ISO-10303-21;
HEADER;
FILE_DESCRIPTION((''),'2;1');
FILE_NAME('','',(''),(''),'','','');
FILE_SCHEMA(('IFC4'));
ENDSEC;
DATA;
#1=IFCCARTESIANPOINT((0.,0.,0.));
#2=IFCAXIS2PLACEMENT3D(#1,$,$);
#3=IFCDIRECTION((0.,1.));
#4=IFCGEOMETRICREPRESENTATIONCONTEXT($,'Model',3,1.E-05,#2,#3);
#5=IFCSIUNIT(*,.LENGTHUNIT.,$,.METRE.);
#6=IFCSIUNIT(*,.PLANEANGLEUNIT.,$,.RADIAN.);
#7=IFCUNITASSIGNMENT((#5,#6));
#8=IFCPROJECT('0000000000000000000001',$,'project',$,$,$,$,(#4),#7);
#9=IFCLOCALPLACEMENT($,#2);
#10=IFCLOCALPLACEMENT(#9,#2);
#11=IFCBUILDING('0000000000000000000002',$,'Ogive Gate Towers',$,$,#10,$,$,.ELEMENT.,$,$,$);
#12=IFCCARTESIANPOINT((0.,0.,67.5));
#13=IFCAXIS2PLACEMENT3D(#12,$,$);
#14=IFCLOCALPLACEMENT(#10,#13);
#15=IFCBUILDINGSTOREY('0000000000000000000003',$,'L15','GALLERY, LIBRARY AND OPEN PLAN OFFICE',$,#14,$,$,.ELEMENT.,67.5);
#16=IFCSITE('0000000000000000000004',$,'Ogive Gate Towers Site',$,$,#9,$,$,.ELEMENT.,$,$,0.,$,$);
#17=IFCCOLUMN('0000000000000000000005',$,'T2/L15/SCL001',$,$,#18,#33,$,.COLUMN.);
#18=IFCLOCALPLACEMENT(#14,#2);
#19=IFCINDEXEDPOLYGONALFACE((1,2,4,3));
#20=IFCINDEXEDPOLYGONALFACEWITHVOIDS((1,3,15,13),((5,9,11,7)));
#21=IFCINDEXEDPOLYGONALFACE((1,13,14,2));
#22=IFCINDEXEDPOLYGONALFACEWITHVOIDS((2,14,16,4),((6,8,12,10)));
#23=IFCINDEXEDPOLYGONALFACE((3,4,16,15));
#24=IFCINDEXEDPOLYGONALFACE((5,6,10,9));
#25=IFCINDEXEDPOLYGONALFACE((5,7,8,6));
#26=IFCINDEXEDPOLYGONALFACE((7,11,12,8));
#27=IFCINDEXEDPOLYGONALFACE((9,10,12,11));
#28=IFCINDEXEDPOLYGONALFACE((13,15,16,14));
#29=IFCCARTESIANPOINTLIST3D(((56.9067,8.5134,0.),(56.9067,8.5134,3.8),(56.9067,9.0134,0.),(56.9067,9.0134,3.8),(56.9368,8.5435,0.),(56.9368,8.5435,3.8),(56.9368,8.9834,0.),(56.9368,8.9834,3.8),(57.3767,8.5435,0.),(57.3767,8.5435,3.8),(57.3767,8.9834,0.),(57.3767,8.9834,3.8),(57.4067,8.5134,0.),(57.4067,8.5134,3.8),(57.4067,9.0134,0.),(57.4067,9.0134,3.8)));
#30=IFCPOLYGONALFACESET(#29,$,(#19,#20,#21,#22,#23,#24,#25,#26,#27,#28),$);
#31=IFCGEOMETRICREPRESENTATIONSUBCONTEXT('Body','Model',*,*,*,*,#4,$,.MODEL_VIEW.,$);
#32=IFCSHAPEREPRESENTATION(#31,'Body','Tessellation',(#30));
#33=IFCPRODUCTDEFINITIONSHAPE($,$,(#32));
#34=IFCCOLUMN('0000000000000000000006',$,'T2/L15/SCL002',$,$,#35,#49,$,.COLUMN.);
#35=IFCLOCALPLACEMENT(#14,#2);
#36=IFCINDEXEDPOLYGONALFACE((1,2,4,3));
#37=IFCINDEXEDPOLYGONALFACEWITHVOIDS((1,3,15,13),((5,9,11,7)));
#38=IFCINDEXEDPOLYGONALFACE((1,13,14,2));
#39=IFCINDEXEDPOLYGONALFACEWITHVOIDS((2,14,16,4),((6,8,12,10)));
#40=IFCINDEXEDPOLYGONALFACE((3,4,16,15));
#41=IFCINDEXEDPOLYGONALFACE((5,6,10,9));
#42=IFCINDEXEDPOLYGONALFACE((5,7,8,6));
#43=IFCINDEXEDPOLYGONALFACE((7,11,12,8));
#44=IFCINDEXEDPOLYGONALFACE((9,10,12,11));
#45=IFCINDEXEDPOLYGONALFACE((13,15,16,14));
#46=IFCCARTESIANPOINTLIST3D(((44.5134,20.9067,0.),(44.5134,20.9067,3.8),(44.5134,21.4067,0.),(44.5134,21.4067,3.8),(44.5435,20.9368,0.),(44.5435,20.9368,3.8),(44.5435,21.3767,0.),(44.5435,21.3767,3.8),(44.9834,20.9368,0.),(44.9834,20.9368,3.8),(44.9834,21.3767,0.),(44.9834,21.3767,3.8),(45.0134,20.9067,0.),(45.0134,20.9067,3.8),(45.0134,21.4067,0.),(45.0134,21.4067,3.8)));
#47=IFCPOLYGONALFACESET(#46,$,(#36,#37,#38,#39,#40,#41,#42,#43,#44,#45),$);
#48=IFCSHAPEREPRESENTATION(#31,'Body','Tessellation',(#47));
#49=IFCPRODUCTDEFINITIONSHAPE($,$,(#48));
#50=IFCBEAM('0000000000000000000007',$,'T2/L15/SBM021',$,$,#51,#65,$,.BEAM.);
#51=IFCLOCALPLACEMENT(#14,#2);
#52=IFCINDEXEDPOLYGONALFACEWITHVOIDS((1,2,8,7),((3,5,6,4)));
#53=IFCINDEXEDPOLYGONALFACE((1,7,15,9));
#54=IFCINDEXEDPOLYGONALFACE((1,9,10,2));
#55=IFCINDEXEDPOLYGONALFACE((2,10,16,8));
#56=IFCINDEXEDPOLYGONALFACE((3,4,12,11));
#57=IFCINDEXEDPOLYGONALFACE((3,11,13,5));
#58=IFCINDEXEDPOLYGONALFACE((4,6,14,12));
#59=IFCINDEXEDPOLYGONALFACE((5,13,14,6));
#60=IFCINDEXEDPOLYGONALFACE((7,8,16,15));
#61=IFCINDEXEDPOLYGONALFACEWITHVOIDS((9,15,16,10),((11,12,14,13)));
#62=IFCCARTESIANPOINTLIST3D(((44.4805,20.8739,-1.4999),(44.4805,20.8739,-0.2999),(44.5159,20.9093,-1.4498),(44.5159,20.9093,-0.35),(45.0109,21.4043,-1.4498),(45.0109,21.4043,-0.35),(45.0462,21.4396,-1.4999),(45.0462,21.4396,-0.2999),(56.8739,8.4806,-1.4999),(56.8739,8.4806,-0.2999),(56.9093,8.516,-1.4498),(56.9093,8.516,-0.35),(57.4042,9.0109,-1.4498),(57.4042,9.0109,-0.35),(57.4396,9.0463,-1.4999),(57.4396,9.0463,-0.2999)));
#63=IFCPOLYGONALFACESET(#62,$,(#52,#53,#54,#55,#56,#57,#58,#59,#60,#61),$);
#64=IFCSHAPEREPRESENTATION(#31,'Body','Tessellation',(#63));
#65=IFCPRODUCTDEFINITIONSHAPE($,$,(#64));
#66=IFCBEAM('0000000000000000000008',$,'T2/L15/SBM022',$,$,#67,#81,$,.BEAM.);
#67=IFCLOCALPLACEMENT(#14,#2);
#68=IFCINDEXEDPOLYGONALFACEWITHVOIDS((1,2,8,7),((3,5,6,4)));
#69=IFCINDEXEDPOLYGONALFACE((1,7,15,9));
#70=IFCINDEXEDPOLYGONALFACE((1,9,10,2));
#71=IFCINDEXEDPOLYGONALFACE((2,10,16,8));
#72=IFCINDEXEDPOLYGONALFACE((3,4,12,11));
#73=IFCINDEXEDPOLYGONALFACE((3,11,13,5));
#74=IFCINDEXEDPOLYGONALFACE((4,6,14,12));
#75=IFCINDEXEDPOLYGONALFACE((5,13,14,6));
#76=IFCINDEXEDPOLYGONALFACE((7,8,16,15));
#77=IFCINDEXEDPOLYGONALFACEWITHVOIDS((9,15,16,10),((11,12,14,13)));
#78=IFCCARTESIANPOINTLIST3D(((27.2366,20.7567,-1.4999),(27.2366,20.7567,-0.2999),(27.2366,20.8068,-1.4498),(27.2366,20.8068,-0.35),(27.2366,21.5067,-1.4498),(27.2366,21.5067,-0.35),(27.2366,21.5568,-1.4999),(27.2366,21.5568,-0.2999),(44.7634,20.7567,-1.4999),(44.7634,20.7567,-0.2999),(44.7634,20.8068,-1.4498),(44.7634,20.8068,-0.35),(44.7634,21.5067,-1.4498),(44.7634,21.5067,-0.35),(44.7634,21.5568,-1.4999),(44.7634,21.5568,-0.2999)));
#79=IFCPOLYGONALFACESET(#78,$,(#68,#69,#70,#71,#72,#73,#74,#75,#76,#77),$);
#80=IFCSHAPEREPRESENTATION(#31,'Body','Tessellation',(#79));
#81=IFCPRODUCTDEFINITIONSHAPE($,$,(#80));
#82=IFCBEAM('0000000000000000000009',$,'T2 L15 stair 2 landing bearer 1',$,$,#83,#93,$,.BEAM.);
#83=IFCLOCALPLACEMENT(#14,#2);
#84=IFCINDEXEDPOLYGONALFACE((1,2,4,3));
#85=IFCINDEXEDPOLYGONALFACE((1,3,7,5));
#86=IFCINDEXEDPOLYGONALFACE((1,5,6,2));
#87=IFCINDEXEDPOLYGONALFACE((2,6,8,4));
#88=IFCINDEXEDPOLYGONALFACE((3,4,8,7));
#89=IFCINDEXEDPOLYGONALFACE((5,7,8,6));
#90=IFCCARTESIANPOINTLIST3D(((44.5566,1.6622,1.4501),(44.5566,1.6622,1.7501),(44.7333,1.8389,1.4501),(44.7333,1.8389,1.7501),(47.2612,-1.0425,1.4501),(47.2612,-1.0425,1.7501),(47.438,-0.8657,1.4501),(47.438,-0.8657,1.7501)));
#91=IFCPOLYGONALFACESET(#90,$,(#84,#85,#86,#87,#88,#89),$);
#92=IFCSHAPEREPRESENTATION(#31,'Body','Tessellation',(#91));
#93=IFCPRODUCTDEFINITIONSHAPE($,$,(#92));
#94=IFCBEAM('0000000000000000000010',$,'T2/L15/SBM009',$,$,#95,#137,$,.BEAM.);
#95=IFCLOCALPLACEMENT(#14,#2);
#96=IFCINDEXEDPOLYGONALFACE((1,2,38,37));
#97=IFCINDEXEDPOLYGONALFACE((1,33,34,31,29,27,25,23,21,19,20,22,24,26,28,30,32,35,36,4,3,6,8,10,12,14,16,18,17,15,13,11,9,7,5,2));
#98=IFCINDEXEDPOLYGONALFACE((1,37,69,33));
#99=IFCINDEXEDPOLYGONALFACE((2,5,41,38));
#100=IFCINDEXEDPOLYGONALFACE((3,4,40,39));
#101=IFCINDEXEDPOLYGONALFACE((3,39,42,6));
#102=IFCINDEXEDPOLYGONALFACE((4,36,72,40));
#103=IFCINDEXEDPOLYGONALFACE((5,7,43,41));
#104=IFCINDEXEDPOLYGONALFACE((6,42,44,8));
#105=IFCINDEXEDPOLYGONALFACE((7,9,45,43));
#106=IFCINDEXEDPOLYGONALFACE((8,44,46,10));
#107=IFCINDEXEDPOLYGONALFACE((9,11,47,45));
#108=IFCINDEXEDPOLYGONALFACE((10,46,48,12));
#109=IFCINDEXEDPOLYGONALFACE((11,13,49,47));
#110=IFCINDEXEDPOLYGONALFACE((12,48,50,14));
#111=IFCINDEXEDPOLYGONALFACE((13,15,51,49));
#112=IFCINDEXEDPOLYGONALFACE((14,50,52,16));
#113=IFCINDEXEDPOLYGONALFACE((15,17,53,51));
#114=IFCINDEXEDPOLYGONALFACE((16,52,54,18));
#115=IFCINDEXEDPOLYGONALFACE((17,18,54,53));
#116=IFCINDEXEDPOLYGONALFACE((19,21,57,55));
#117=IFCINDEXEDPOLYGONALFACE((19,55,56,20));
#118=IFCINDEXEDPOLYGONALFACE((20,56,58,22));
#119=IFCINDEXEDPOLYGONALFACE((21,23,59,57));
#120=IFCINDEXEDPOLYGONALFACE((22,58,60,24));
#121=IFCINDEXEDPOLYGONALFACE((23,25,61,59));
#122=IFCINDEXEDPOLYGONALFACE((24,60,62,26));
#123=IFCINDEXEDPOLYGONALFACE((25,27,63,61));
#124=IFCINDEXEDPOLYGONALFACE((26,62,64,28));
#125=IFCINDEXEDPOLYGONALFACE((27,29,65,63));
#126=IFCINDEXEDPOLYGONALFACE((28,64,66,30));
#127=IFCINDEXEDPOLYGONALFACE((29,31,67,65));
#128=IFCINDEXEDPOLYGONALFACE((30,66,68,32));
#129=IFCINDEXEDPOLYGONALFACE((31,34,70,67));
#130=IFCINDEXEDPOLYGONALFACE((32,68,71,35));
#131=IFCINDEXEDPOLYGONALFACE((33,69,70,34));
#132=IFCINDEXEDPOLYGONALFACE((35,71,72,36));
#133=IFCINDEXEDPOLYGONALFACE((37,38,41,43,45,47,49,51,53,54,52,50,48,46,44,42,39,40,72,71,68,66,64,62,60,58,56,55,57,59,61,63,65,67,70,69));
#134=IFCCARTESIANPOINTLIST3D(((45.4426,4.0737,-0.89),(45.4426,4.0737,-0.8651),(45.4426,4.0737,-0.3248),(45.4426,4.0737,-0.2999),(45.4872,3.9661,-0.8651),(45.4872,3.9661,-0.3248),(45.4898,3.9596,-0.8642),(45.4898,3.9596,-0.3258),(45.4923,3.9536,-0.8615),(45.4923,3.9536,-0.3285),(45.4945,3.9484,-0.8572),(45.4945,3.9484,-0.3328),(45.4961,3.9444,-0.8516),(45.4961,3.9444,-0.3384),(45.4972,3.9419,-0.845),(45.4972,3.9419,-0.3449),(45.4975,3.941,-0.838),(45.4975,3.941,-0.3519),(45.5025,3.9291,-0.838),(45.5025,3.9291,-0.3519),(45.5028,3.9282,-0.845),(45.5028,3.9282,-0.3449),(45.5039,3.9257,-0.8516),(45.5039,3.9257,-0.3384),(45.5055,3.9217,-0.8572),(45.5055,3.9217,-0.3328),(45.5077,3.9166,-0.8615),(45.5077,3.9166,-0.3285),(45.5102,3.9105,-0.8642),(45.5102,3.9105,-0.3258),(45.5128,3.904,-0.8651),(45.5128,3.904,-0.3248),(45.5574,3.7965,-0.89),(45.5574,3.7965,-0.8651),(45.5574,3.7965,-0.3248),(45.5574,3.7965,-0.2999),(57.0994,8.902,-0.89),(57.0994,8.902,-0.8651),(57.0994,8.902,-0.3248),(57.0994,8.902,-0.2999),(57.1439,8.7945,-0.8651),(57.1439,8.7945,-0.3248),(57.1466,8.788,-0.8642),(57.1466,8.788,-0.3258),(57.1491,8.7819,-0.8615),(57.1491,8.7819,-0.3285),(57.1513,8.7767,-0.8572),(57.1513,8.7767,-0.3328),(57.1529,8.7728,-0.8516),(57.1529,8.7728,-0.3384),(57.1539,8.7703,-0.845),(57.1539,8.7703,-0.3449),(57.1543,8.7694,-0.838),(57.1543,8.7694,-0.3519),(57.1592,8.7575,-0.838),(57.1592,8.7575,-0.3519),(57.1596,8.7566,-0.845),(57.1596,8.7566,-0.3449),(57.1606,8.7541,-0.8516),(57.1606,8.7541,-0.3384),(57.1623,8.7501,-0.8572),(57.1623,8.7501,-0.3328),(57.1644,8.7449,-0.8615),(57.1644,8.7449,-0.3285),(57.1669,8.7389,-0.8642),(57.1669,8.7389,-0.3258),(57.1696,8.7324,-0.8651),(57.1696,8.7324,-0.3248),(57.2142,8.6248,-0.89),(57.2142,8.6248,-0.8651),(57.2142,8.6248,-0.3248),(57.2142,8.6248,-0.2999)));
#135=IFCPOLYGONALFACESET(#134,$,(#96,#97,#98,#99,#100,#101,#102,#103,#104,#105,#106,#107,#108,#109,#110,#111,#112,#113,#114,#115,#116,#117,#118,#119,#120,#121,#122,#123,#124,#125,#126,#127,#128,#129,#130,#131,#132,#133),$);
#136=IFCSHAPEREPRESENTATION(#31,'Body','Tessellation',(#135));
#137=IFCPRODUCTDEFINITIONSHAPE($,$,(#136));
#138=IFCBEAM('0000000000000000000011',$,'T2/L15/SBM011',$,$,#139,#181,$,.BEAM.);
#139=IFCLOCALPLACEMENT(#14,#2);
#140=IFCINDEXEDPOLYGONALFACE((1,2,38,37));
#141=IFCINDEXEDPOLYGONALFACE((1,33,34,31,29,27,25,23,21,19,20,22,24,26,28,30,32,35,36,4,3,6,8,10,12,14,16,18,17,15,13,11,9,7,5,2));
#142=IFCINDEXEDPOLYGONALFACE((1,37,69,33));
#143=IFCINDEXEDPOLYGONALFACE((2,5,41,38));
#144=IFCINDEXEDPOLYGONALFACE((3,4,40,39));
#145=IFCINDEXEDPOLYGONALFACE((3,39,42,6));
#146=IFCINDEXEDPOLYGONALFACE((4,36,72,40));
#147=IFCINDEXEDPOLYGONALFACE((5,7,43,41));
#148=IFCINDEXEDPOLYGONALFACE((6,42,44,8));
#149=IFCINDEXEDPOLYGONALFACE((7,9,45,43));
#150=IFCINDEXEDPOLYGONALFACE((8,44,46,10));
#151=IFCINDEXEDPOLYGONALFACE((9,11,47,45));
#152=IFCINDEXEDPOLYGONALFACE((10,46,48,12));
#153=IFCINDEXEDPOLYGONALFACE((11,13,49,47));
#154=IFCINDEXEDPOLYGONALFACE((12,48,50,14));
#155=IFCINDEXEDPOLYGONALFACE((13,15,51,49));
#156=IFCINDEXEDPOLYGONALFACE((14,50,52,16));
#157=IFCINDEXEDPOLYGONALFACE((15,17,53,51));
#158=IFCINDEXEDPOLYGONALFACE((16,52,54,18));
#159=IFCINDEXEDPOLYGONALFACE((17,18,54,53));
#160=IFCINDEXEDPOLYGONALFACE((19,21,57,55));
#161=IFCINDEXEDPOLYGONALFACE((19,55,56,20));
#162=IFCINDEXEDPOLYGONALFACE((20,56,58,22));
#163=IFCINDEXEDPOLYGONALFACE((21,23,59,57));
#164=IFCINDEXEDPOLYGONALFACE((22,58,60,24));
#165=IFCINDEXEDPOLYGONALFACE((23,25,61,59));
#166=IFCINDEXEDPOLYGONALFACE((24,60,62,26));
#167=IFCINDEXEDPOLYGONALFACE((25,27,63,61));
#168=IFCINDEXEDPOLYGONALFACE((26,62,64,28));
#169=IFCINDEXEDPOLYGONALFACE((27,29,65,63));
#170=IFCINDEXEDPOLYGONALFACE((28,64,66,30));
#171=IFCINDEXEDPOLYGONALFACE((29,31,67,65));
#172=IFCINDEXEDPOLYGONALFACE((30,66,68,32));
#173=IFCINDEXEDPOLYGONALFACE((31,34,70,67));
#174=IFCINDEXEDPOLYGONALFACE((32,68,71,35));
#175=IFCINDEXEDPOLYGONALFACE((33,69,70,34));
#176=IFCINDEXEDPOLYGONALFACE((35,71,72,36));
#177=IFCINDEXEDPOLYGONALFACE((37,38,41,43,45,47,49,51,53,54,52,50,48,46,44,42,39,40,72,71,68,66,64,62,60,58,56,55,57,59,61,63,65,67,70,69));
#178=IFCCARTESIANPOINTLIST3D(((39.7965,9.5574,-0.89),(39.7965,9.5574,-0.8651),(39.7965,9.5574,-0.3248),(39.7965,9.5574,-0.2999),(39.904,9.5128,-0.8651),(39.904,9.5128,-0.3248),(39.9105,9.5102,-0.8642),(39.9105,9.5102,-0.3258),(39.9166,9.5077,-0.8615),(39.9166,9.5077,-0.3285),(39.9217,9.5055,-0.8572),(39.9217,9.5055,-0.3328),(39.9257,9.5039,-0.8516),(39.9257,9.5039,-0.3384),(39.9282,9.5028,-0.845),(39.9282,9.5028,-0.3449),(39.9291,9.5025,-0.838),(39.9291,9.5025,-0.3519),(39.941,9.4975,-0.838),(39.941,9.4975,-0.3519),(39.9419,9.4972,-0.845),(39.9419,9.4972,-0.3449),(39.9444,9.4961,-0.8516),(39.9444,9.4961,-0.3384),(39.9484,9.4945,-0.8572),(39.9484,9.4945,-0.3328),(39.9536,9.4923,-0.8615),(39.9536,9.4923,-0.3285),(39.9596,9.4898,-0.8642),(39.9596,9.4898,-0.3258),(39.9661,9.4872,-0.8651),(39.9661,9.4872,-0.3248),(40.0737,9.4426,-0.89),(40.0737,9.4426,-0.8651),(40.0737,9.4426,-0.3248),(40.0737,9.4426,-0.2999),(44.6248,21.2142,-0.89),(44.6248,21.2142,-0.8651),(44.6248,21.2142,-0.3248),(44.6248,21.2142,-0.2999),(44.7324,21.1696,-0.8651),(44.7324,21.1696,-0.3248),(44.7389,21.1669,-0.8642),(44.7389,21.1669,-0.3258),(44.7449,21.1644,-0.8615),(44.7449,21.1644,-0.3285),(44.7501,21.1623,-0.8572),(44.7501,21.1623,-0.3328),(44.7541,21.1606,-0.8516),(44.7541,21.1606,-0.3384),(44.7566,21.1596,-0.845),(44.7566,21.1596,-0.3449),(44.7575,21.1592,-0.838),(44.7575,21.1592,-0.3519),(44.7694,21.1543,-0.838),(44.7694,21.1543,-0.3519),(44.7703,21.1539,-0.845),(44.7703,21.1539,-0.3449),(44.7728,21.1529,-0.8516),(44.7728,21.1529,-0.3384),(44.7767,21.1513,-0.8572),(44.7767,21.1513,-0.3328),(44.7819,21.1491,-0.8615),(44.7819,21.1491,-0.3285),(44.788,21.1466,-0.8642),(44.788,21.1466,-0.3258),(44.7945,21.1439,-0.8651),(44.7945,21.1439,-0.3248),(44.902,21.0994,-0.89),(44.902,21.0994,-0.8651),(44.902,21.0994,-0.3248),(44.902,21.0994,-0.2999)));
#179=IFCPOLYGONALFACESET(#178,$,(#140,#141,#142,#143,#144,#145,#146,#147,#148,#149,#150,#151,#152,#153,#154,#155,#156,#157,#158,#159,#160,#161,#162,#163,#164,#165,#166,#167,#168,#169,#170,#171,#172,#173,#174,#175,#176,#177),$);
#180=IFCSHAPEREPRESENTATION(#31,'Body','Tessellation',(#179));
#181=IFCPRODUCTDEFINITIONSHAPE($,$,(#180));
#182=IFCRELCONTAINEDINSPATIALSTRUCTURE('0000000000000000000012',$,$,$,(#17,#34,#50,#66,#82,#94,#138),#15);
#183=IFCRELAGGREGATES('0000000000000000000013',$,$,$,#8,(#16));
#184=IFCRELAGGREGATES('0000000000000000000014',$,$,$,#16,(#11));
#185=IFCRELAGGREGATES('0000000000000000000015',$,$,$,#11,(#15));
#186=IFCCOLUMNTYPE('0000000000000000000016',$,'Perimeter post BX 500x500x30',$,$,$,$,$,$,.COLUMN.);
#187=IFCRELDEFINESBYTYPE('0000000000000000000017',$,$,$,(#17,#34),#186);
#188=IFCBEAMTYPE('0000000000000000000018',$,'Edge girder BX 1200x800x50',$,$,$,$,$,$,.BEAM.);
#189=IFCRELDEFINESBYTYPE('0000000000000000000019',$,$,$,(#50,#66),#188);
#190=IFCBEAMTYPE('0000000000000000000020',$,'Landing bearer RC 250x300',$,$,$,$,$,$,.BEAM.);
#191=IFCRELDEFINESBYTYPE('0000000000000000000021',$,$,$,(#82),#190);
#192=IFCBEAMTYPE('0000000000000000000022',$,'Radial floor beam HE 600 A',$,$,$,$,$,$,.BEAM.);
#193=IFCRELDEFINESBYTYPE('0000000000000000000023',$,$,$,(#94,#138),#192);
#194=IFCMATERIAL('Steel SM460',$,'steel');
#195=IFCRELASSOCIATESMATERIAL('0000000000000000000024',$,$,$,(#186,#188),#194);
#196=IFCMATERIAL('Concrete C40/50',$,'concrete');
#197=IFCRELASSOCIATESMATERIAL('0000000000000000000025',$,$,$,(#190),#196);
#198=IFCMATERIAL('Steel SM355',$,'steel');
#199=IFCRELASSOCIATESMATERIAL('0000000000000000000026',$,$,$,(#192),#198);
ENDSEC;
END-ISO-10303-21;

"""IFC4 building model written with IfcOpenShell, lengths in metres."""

from ifc_helpers import new_model, si_unit, direction, frame, origin, origin_2d, place, context, subcontext, project, spatial, rectangle, hollow_rectangle, i_section, extrude, material, material_profile, profile_set, type_object, element, save


model = new_model("IFC4")

# Units and contexts
model_context = context("Model", 3, precision=1e-05, world=origin(), true_north=direction((0.0, 1.0)))
body_context = subcontext(model_context, "Body", "Model", "MODEL_VIEW")
ifc_project = project(units=[si_unit("LENGTHUNIT", "METRE"), si_unit("PLANEANGLEUNIT", "RADIAN")], contexts=[model_context])

# Site, building, storey
site_placement = place(None, origin())
site = spatial("IfcSite", under=ifc_project, at=site_placement, Name="Ogive Gate Towers Site", CompositionType="ELEMENT", RefElevation=0.0)
building_placement = place(site_placement, origin())
building = spatial("IfcBuilding", under=site, at=building_placement, Name="Ogive Gate Towers", CompositionType="ELEMENT")
storey_placement = place(building_placement, frame((0.0, 0.0, 67.5)))
storey = spatial("IfcBuildingStorey", under=building, at=storey_placement, Name="L15", Description="GALLERY, LIBRARY AND OPEN PLAN OFFICE", CompositionType="ELEMENT", Elevation=67.5)

# Columns
ifc_material_1 = material(Name="Steel SM460", Category="steel")
ifc_material_profile_1 = material_profile(ifc_material_1, hollow_rectangle(XDim=0.5, YDim=0.5, WallThickness=0.03, at=origin_2d()), Name="BX 500x500x30")
ifc_profile_set_1 = profile_set([ifc_material_profile_1], Name="Steel SM460")
column_type = type_object("IfcColumnType", Name="Perimeter post BX 500x500x30", PredefinedType="COLUMN", material=ifc_profile_set_1)
for number, where, z_axis, x_axis, name in (
    (1, (57.1567, 8.7634, 0.0), (0.0, 0.0, 1.0), (1.0, 0.0, 0.0), "T2/L15/SCL001"),
    (2, (44.7634, 21.1567, 0.0), (0.0, 0.0, 1.0), (1.0, 0.0, 0.0), "T2/L15/SCL002"),
):
    element("IfcColumn", number, at=place(storey_placement, frame(where, z_axis=z_axis, x_axis=x_axis)), inside=storey, type_object=column_type, Name=name, PredefinedType="COLUMN", context=body_context, shape_type="SweptSolid", body=[
        extrude(hollow_rectangle(XDim=0.5, YDim=0.5, WallThickness=0.03, at=origin_2d()), origin(), (0.0, 0.0, 1.0), 3.8),
    ])

# Beams
ifc_material_profile_2 = material_profile(ifc_material_1, hollow_rectangle(XDim=0.8, YDim=1.2, WallThickness=0.05, at=origin_2d()), Name="BX 1200x800x50")
ifc_profile_set_2 = profile_set([ifc_material_profile_2], Name="Steel SM460")
beam_type_1 = type_object("IfcBeamType", Name="Edge girder BX 1200x800x50", PredefinedType="BEAM", material=ifc_profile_set_2)
for number, where, z_axis, x_axis, name in (
    (3, (57.1567, 8.7634, -0.8999), (-0.707107, 0.707107, 0.0), (-0.707107, -0.707107, 0.0), "T2/L15/SBM021"),
    (4, (44.7634, 21.1567, -0.8999), (-1.0, 0.0, 0.0), (0.0, -1.0, 0.0), "T2/L15/SBM022"),
):
    element("IfcBeam", number, at=place(storey_placement, frame(where, z_axis=z_axis, x_axis=x_axis)), inside=storey, type_object=beam_type_1, Name=name, PredefinedType="BEAM", context=body_context, shape_type="SweptSolid", body=[
        extrude(hollow_rectangle(XDim=0.8, YDim=1.2, WallThickness=0.05, at=origin_2d()), origin(), (0.0, 0.0, 1.0), 17.5269),
    ])
ifc_material_2 = material(Name="Concrete C40/50", Category="concrete")
ifc_material_profile_3 = material_profile(ifc_material_2, rectangle(XDim=0.25, YDim=0.3, at=origin_2d()), Name="RC 250x300")
ifc_profile_set_3 = profile_set([ifc_material_profile_3], Name="Concrete C40/50")
beam_type_2 = type_object("IfcBeamType", Name="Landing bearer RC 250x300", PredefinedType="BEAM", material=ifc_profile_set_3)
beam_1_placement = place(storey_placement, frame((47.3496, -0.9541, 1.6001), z_axis=(-0.707107, 0.707107, 0.0), x_axis=(-0.707107, -0.707107, 0.0)))
element("IfcBeam", 5, at=beam_1_placement, inside=storey, type_object=beam_type_2, Name="T2 L15 stair 2 landing bearer 1", PredefinedType="BEAM", context=body_context, shape_type="SweptSolid", body=[
    extrude(rectangle(XDim=0.25, YDim=0.3, at=origin_2d()), origin(), (0.0, 0.0, 1.0), 3.825),
])
ifc_material_3 = material(Name="Steel SM355", Category="steel")
ifc_material_profile_4 = material_profile(ifc_material_3, i_section(OverallWidth=0.3, OverallDepth=0.5901, WebThickness=0.0129, FlangeThickness=0.0249, FilletRadius=0.0271, at=origin_2d()), Name="HE 600 A")
ifc_profile_set_4 = profile_set([ifc_material_profile_4], Name="Steel SM355")
beam_type_3 = type_object("IfcBeamType", Name="Radial floor beam HE 600 A", PredefinedType="BEAM", material=ifc_profile_set_4)
for number, where, z_axis, x_axis, name in (
    (6, (45.5, 3.9351, -0.595), (0.92388, 0.382683, 0.0), (-0.382683, 0.92388, 0.0), "T2/L15/SBM009"),
    (7, (39.9351, 9.5, -0.595), (0.382683, 0.92388, 0.0), (-0.92388, 0.382683, 0.0), "T2/L15/SBM011"),
):
    element("IfcBeam", number, at=place(storey_placement, frame(where, z_axis=z_axis, x_axis=x_axis)), inside=storey, type_object=beam_type_3, Name=name, PredefinedType="BEAM", context=body_context, shape_type="SweptSolid", body=[
        extrude(i_section(OverallWidth=0.3, OverallDepth=0.5901, WebThickness=0.0129, FlangeThickness=0.0249, FilletRadius=0.0271, at=origin_2d()), origin(), (0.0, 0.0, 1.0), 12.6172),
    ])

save(model, "model.ifc")
